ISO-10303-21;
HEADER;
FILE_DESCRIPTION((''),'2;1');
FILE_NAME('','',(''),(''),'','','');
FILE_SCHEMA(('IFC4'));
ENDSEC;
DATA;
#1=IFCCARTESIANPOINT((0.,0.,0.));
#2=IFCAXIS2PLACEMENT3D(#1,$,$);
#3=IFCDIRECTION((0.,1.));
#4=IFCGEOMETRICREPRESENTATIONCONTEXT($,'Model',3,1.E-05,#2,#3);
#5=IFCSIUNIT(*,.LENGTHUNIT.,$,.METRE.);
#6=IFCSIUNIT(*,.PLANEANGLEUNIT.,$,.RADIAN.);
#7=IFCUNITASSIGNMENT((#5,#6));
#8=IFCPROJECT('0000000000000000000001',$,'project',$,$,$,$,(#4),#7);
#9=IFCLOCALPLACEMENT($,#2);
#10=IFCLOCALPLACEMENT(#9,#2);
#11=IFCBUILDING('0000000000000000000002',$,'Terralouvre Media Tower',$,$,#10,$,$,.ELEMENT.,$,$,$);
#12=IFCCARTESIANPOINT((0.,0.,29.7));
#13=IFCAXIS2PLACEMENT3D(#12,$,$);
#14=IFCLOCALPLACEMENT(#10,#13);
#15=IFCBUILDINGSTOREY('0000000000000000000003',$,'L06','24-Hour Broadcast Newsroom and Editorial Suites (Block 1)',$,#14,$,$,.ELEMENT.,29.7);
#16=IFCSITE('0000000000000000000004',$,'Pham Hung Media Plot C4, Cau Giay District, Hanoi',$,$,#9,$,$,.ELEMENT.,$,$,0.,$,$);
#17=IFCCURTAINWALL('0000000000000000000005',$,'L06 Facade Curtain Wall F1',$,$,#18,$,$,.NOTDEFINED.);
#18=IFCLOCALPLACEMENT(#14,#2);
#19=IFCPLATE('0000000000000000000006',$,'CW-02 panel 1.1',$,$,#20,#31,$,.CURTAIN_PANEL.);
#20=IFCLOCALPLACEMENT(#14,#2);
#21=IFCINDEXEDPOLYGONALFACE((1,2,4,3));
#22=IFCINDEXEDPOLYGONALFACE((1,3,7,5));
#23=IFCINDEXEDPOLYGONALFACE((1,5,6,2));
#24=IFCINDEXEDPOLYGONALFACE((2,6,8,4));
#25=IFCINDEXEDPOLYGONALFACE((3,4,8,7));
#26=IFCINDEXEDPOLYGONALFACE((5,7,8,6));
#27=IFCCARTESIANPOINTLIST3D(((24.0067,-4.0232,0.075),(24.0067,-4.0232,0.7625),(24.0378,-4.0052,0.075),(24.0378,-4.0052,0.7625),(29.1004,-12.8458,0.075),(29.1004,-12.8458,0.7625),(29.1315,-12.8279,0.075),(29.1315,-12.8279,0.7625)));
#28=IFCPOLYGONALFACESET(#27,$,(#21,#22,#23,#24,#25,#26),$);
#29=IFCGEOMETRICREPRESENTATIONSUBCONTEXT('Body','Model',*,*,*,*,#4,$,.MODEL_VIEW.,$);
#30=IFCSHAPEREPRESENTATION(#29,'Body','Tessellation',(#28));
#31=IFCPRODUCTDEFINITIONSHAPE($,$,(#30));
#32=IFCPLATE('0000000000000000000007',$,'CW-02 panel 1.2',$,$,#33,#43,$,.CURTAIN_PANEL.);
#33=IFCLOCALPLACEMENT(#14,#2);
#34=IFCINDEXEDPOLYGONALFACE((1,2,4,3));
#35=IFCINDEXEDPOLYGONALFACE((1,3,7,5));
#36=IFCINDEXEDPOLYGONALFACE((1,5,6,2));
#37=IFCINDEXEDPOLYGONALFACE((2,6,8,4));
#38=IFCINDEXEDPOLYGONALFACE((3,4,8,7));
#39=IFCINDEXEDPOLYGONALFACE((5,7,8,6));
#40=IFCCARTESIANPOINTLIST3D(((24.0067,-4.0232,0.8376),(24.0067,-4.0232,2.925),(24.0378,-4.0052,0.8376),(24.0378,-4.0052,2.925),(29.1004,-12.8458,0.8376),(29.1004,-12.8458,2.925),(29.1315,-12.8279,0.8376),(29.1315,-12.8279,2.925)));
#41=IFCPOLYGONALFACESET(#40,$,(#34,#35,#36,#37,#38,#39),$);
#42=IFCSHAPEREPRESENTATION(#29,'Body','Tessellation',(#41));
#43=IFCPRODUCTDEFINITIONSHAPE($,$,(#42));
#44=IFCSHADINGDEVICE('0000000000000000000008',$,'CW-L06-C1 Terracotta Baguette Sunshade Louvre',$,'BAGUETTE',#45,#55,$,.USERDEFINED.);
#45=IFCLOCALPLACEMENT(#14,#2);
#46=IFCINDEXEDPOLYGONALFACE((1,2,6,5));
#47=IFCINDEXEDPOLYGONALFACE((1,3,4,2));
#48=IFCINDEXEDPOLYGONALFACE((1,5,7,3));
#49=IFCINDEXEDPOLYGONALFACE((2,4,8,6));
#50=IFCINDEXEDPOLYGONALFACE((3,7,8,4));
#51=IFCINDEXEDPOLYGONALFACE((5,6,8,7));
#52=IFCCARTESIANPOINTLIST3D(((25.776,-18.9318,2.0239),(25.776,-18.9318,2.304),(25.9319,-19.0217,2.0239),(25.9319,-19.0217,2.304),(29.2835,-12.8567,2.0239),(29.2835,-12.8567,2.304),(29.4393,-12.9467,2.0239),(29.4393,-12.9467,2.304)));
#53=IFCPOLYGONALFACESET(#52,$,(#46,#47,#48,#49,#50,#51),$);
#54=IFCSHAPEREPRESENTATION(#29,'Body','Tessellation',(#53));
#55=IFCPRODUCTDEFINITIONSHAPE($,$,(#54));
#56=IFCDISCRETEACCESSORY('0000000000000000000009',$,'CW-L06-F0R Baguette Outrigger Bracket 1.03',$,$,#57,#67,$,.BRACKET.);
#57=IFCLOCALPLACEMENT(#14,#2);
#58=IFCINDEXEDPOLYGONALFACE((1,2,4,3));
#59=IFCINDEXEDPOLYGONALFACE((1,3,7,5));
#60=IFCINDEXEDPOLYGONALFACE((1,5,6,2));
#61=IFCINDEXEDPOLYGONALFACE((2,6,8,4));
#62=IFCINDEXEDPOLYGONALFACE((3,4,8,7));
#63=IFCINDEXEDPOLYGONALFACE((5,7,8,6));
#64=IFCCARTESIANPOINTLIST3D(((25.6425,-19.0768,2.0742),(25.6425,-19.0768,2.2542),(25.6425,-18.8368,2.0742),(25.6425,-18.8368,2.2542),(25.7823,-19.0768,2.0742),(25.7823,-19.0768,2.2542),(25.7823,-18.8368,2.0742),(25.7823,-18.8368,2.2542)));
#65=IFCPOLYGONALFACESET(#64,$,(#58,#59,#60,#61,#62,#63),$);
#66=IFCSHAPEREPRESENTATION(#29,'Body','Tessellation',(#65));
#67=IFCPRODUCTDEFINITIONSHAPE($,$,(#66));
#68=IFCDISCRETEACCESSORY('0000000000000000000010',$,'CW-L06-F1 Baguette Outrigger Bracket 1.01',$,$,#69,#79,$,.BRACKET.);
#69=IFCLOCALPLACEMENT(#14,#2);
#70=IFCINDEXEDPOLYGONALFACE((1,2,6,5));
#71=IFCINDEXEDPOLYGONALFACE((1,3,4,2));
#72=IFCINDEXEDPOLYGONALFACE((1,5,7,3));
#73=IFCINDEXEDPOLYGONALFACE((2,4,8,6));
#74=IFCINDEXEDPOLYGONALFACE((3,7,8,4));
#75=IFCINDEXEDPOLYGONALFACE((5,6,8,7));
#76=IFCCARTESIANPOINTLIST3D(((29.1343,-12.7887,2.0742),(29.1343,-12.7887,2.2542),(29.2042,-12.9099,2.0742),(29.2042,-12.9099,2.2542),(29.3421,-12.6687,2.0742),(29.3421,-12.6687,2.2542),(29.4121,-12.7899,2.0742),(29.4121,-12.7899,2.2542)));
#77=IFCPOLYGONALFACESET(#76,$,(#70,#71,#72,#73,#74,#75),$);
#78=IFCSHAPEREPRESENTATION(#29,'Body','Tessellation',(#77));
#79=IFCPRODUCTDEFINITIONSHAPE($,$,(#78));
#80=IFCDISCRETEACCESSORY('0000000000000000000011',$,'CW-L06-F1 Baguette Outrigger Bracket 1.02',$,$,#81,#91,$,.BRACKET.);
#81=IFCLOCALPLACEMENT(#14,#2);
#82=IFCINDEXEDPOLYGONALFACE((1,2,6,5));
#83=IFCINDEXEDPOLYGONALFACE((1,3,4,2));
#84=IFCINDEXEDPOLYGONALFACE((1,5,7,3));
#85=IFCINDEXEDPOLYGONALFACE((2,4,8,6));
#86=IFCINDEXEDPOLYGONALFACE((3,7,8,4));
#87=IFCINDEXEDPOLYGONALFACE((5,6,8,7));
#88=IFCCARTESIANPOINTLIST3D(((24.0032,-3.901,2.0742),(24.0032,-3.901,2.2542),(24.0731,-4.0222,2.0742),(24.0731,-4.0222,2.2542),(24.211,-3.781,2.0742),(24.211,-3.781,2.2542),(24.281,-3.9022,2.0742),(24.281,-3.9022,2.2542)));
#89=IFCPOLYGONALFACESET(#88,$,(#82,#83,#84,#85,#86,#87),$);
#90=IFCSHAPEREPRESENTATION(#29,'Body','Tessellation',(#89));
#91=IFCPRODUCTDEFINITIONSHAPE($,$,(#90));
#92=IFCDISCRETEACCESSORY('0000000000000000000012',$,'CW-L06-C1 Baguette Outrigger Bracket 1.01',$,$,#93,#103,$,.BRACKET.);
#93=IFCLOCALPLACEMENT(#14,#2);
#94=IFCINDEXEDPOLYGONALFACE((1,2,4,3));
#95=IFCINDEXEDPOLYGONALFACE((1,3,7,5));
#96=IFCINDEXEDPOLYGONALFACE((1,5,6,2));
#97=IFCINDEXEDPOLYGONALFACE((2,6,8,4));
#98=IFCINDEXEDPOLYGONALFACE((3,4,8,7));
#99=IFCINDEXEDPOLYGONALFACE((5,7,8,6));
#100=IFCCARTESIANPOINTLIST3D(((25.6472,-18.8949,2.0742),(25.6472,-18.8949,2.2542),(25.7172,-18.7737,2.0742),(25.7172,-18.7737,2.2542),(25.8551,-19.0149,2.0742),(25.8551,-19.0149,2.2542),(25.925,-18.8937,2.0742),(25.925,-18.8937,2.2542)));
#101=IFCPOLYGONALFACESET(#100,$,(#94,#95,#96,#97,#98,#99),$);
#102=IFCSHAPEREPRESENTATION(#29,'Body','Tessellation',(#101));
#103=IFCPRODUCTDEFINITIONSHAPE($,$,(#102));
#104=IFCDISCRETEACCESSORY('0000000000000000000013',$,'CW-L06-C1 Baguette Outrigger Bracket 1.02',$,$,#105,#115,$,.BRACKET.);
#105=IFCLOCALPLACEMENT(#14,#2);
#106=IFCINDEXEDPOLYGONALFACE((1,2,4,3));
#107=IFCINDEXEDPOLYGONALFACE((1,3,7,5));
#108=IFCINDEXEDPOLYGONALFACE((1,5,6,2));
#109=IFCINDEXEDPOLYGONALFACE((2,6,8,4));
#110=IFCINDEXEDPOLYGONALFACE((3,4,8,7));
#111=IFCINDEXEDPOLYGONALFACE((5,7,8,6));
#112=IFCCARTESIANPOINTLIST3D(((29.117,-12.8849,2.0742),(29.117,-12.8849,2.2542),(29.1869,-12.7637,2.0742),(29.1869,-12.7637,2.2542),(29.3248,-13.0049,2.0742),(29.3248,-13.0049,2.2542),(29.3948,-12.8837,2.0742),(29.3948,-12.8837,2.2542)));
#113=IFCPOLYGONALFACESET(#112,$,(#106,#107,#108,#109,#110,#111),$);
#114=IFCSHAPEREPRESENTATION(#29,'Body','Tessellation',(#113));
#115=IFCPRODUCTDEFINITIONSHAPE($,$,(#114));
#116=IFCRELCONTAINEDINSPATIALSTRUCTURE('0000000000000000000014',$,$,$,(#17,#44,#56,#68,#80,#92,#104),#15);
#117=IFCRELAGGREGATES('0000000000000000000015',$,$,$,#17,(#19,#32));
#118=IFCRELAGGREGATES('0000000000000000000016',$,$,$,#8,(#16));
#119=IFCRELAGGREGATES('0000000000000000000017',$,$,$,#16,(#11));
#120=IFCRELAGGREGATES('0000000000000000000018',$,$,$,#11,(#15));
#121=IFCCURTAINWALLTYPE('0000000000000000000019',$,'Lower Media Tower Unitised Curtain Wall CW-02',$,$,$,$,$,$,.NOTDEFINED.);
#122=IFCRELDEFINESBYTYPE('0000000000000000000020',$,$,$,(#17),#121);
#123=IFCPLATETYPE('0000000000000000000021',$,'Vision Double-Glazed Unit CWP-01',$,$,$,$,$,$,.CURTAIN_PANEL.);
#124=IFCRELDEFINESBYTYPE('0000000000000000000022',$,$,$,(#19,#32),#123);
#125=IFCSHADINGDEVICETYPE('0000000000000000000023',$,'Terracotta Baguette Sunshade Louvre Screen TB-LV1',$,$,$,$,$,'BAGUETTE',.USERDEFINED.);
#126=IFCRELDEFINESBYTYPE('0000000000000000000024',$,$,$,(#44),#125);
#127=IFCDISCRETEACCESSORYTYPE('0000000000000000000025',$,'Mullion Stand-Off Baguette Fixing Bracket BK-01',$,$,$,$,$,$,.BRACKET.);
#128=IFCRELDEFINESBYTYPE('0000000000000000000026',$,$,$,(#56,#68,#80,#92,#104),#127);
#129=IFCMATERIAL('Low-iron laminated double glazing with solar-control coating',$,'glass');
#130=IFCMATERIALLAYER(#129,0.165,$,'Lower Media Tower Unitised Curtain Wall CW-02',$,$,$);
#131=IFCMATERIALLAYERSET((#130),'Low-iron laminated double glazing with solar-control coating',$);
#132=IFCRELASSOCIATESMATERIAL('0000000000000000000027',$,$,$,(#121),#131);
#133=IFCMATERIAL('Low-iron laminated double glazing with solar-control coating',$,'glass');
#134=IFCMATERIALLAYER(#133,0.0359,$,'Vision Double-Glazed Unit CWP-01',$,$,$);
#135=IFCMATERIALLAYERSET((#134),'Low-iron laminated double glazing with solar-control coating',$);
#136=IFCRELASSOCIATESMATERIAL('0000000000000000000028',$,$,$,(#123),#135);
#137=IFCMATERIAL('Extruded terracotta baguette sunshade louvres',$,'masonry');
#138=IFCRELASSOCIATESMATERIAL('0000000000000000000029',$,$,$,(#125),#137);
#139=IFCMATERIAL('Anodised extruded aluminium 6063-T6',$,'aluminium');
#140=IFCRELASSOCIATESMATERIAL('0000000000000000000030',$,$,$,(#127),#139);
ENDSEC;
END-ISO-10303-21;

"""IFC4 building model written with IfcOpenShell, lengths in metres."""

from ifc_helpers import new_model, si_unit, direction, frame, origin, origin_2d, place, context, subcontext, project, spatial, rectangle, extrude, material, layer, layer_set, type_object, element, aggregate, save


model = new_model("IFC4")

# Units and contexts
model_context = context("Model", 3, precision=1e-05, world=origin(), true_north=direction((0.0, 1.0)))
body_context = subcontext(model_context, "Body", "Model", "MODEL_VIEW")
ifc_project = project(units=[si_unit("LENGTHUNIT", "METRE"), si_unit("PLANEANGLEUNIT", "RADIAN")], contexts=[model_context])

# Site, building, storey
site_placement = place(None, origin())
site = spatial("IfcSite", under=ifc_project, at=site_placement, Name="Pham Hung Media Plot C4, Cau Giay District, Hanoi", CompositionType="ELEMENT", RefElevation=0.0)
building_placement = place(site_placement, origin())
building = spatial("IfcBuilding", under=site, at=building_placement, Name="Terralouvre Media Tower", CompositionType="ELEMENT")
storey_placement = place(building_placement, frame((0.0, 0.0, 29.7)))
storey = spatial("IfcBuildingStorey", under=building, at=storey_placement, Name="L06", Description="24-Hour Broadcast Newsroom and Editorial Suites (Block 1)", CompositionType="ELEMENT", Elevation=29.7)

# Curtain wall
ifc_material_1 = material(Name="Low-iron laminated double glazing with solar-control coating", Category="glass")
ifc_layer_1 = layer(ifc_material_1, 0.165, Name="Lower Media Tower Unitised Curtain Wall CW-02")
ifc_layer_set_1 = layer_set([ifc_layer_1], Name="Low-iron laminated double glazing with solar-control coating")
curtain_wall_type_1 = type_object("IfcCurtainWallType", Name="Lower Media Tower Unitised Curtain Wall CW-02", PredefinedType="NOTDEFINED", material=ifc_layer_set_1)
curtain_wall_1_placement = place(storey_placement, origin())
curtain_wall_1 = element("IfcCurtainWall", 1, at=curtain_wall_1_placement, inside=storey, type_object=curtain_wall_type_1, Name="L06 Facade Curtain Wall F1", PredefinedType="NOTDEFINED")

# Plates
ifc_material_2 = material(Name="Low-iron laminated double glazing with solar-control coating", Category="glass")
ifc_layer_2 = layer(ifc_material_2, 0.0359, Name="Vision Double-Glazed Unit CWP-01")
ifc_layer_set_2 = layer_set([ifc_layer_2], Name="Low-iron laminated double glazing with solar-control coating")
plate_type_1 = type_object("IfcPlateType", Name="Vision Double-Glazed Unit CWP-01", PredefinedType="CURTAIN_PANEL", material=ifc_layer_set_2)
plate_1_placement = place(storey_placement, frame((26.5691, -8.4255, 0.075), z_axis=(0.0, 0.0, 1.0), x_axis=(-0.5, 0.866025, 0.0)))
plate_1 = element("IfcPlate", 2, at=plate_1_placement, type_object=plate_type_1, Name="CW-02 panel 1.1", PredefinedType="CURTAIN_PANEL", context=body_context, shape_type="SweptSolid", body=[
    extrude(rectangle(XDim=10.1875, YDim=0.0359, at=origin_2d()), origin(), (0.0, 0.0, 1.0), 0.6875),
])
plate_2_placement = place(storey_placement, frame((26.5691, -8.4255, 0.8376), z_axis=(0.0, 0.0, 1.0), x_axis=(-0.5, 0.866025, 0.0)))
plate_2 = element("IfcPlate", 3, at=plate_2_placement, type_object=plate_type_1, Name="CW-02 panel 1.2", PredefinedType="CURTAIN_PANEL", context=body_context, shape_type="SweptSolid", body=[
    extrude(rectangle(XDim=10.1875, YDim=0.0359, at=origin_2d()), origin(), (0.0, 0.0, 1.0), 2.0874),
])
aggregate(curtain_wall_1, [plate_1, plate_2])

# Shading device
ifc_material_3 = material(Name="Extruded terracotta baguette sunshade louvres", Category="masonry")
shading_device_type = type_object("IfcShadingDeviceType", Name="Terracotta Baguette Sunshade Louvre Screen TB-LV1", ElementType="BAGUETTE", PredefinedType="USERDEFINED", material=ifc_material_3)
shading_device_placement = place(storey_placement, frame((27.6077, -15.9392, 2.0239), z_axis=(0.0, 0.0, 1.0), x_axis=(0.5, 0.866026, 0.0)))
element("IfcShadingDevice", 4, at=shading_device_placement, inside=storey, type_object=shading_device_type, Name="CW-L06-C1 Terracotta Baguette Sunshade Louvre", ObjectType="BAGUETTE", PredefinedType="USERDEFINED", context=body_context, shape_type="SweptSolid", body=[
    extrude(rectangle(XDim=7.0149, YDim=0.1799, at=origin_2d()), origin(), (0.0, 0.0, 1.0), 0.28),
])

# Discrete accessories
ifc_material_4 = material(Name="Anodised extruded aluminium 6063-T6", Category="aluminium")
discrete_accessory_type = type_object("IfcDiscreteAccessoryType", Name="Mullion Stand-Off Baguette Fixing Bracket BK-01", PredefinedType="BRACKET", material=ifc_material_4)
for number, where, z_axis, x_axis, name in (
    (5, (25.7124, -18.9568, 2.0742), (0.0, 0.0, 1.0), (1.0, 0.0, 0.0), "CW-L06-F0R Baguette Outrigger Bracket 1.03"),
    (6, (29.2732, -12.7893, 2.0742), (0.0, 0.0, 1.0), (-0.5, 0.866025, 0.0), "CW-L06-F1 Baguette Outrigger Bracket 1.01"),
    (7, (24.1421, -3.9016, 2.0742), (0.0, 0.0, 1.0), (-0.5, 0.866025, 0.0), "CW-L06-F1 Baguette Outrigger Bracket 1.02"),
    (8, (25.7861, -18.8943, 2.0742), (0.0, 0.0, 1.0), (0.5, 0.866026, 0.0), "CW-L06-C1 Baguette Outrigger Bracket 1.01"),
    (9, (29.2559, -12.8843, 2.0742), (0.0, 0.0, 1.0), (0.5, 0.866026, 0.0), "CW-L06-C1 Baguette Outrigger Bracket 1.02"),
):
    element("IfcDiscreteAccessory", number, at=place(storey_placement, frame(where, z_axis=z_axis, x_axis=x_axis)), inside=storey, type_object=discrete_accessory_type, Name=name, PredefinedType="BRACKET", context=body_context, shape_type="SweptSolid", body=[
        extrude(rectangle(XDim=0.1399, YDim=0.24, at=origin_2d()), origin(), (0.0, 0.0, 1.0), 0.1799),
    ])

save(model, "model.ifc")
